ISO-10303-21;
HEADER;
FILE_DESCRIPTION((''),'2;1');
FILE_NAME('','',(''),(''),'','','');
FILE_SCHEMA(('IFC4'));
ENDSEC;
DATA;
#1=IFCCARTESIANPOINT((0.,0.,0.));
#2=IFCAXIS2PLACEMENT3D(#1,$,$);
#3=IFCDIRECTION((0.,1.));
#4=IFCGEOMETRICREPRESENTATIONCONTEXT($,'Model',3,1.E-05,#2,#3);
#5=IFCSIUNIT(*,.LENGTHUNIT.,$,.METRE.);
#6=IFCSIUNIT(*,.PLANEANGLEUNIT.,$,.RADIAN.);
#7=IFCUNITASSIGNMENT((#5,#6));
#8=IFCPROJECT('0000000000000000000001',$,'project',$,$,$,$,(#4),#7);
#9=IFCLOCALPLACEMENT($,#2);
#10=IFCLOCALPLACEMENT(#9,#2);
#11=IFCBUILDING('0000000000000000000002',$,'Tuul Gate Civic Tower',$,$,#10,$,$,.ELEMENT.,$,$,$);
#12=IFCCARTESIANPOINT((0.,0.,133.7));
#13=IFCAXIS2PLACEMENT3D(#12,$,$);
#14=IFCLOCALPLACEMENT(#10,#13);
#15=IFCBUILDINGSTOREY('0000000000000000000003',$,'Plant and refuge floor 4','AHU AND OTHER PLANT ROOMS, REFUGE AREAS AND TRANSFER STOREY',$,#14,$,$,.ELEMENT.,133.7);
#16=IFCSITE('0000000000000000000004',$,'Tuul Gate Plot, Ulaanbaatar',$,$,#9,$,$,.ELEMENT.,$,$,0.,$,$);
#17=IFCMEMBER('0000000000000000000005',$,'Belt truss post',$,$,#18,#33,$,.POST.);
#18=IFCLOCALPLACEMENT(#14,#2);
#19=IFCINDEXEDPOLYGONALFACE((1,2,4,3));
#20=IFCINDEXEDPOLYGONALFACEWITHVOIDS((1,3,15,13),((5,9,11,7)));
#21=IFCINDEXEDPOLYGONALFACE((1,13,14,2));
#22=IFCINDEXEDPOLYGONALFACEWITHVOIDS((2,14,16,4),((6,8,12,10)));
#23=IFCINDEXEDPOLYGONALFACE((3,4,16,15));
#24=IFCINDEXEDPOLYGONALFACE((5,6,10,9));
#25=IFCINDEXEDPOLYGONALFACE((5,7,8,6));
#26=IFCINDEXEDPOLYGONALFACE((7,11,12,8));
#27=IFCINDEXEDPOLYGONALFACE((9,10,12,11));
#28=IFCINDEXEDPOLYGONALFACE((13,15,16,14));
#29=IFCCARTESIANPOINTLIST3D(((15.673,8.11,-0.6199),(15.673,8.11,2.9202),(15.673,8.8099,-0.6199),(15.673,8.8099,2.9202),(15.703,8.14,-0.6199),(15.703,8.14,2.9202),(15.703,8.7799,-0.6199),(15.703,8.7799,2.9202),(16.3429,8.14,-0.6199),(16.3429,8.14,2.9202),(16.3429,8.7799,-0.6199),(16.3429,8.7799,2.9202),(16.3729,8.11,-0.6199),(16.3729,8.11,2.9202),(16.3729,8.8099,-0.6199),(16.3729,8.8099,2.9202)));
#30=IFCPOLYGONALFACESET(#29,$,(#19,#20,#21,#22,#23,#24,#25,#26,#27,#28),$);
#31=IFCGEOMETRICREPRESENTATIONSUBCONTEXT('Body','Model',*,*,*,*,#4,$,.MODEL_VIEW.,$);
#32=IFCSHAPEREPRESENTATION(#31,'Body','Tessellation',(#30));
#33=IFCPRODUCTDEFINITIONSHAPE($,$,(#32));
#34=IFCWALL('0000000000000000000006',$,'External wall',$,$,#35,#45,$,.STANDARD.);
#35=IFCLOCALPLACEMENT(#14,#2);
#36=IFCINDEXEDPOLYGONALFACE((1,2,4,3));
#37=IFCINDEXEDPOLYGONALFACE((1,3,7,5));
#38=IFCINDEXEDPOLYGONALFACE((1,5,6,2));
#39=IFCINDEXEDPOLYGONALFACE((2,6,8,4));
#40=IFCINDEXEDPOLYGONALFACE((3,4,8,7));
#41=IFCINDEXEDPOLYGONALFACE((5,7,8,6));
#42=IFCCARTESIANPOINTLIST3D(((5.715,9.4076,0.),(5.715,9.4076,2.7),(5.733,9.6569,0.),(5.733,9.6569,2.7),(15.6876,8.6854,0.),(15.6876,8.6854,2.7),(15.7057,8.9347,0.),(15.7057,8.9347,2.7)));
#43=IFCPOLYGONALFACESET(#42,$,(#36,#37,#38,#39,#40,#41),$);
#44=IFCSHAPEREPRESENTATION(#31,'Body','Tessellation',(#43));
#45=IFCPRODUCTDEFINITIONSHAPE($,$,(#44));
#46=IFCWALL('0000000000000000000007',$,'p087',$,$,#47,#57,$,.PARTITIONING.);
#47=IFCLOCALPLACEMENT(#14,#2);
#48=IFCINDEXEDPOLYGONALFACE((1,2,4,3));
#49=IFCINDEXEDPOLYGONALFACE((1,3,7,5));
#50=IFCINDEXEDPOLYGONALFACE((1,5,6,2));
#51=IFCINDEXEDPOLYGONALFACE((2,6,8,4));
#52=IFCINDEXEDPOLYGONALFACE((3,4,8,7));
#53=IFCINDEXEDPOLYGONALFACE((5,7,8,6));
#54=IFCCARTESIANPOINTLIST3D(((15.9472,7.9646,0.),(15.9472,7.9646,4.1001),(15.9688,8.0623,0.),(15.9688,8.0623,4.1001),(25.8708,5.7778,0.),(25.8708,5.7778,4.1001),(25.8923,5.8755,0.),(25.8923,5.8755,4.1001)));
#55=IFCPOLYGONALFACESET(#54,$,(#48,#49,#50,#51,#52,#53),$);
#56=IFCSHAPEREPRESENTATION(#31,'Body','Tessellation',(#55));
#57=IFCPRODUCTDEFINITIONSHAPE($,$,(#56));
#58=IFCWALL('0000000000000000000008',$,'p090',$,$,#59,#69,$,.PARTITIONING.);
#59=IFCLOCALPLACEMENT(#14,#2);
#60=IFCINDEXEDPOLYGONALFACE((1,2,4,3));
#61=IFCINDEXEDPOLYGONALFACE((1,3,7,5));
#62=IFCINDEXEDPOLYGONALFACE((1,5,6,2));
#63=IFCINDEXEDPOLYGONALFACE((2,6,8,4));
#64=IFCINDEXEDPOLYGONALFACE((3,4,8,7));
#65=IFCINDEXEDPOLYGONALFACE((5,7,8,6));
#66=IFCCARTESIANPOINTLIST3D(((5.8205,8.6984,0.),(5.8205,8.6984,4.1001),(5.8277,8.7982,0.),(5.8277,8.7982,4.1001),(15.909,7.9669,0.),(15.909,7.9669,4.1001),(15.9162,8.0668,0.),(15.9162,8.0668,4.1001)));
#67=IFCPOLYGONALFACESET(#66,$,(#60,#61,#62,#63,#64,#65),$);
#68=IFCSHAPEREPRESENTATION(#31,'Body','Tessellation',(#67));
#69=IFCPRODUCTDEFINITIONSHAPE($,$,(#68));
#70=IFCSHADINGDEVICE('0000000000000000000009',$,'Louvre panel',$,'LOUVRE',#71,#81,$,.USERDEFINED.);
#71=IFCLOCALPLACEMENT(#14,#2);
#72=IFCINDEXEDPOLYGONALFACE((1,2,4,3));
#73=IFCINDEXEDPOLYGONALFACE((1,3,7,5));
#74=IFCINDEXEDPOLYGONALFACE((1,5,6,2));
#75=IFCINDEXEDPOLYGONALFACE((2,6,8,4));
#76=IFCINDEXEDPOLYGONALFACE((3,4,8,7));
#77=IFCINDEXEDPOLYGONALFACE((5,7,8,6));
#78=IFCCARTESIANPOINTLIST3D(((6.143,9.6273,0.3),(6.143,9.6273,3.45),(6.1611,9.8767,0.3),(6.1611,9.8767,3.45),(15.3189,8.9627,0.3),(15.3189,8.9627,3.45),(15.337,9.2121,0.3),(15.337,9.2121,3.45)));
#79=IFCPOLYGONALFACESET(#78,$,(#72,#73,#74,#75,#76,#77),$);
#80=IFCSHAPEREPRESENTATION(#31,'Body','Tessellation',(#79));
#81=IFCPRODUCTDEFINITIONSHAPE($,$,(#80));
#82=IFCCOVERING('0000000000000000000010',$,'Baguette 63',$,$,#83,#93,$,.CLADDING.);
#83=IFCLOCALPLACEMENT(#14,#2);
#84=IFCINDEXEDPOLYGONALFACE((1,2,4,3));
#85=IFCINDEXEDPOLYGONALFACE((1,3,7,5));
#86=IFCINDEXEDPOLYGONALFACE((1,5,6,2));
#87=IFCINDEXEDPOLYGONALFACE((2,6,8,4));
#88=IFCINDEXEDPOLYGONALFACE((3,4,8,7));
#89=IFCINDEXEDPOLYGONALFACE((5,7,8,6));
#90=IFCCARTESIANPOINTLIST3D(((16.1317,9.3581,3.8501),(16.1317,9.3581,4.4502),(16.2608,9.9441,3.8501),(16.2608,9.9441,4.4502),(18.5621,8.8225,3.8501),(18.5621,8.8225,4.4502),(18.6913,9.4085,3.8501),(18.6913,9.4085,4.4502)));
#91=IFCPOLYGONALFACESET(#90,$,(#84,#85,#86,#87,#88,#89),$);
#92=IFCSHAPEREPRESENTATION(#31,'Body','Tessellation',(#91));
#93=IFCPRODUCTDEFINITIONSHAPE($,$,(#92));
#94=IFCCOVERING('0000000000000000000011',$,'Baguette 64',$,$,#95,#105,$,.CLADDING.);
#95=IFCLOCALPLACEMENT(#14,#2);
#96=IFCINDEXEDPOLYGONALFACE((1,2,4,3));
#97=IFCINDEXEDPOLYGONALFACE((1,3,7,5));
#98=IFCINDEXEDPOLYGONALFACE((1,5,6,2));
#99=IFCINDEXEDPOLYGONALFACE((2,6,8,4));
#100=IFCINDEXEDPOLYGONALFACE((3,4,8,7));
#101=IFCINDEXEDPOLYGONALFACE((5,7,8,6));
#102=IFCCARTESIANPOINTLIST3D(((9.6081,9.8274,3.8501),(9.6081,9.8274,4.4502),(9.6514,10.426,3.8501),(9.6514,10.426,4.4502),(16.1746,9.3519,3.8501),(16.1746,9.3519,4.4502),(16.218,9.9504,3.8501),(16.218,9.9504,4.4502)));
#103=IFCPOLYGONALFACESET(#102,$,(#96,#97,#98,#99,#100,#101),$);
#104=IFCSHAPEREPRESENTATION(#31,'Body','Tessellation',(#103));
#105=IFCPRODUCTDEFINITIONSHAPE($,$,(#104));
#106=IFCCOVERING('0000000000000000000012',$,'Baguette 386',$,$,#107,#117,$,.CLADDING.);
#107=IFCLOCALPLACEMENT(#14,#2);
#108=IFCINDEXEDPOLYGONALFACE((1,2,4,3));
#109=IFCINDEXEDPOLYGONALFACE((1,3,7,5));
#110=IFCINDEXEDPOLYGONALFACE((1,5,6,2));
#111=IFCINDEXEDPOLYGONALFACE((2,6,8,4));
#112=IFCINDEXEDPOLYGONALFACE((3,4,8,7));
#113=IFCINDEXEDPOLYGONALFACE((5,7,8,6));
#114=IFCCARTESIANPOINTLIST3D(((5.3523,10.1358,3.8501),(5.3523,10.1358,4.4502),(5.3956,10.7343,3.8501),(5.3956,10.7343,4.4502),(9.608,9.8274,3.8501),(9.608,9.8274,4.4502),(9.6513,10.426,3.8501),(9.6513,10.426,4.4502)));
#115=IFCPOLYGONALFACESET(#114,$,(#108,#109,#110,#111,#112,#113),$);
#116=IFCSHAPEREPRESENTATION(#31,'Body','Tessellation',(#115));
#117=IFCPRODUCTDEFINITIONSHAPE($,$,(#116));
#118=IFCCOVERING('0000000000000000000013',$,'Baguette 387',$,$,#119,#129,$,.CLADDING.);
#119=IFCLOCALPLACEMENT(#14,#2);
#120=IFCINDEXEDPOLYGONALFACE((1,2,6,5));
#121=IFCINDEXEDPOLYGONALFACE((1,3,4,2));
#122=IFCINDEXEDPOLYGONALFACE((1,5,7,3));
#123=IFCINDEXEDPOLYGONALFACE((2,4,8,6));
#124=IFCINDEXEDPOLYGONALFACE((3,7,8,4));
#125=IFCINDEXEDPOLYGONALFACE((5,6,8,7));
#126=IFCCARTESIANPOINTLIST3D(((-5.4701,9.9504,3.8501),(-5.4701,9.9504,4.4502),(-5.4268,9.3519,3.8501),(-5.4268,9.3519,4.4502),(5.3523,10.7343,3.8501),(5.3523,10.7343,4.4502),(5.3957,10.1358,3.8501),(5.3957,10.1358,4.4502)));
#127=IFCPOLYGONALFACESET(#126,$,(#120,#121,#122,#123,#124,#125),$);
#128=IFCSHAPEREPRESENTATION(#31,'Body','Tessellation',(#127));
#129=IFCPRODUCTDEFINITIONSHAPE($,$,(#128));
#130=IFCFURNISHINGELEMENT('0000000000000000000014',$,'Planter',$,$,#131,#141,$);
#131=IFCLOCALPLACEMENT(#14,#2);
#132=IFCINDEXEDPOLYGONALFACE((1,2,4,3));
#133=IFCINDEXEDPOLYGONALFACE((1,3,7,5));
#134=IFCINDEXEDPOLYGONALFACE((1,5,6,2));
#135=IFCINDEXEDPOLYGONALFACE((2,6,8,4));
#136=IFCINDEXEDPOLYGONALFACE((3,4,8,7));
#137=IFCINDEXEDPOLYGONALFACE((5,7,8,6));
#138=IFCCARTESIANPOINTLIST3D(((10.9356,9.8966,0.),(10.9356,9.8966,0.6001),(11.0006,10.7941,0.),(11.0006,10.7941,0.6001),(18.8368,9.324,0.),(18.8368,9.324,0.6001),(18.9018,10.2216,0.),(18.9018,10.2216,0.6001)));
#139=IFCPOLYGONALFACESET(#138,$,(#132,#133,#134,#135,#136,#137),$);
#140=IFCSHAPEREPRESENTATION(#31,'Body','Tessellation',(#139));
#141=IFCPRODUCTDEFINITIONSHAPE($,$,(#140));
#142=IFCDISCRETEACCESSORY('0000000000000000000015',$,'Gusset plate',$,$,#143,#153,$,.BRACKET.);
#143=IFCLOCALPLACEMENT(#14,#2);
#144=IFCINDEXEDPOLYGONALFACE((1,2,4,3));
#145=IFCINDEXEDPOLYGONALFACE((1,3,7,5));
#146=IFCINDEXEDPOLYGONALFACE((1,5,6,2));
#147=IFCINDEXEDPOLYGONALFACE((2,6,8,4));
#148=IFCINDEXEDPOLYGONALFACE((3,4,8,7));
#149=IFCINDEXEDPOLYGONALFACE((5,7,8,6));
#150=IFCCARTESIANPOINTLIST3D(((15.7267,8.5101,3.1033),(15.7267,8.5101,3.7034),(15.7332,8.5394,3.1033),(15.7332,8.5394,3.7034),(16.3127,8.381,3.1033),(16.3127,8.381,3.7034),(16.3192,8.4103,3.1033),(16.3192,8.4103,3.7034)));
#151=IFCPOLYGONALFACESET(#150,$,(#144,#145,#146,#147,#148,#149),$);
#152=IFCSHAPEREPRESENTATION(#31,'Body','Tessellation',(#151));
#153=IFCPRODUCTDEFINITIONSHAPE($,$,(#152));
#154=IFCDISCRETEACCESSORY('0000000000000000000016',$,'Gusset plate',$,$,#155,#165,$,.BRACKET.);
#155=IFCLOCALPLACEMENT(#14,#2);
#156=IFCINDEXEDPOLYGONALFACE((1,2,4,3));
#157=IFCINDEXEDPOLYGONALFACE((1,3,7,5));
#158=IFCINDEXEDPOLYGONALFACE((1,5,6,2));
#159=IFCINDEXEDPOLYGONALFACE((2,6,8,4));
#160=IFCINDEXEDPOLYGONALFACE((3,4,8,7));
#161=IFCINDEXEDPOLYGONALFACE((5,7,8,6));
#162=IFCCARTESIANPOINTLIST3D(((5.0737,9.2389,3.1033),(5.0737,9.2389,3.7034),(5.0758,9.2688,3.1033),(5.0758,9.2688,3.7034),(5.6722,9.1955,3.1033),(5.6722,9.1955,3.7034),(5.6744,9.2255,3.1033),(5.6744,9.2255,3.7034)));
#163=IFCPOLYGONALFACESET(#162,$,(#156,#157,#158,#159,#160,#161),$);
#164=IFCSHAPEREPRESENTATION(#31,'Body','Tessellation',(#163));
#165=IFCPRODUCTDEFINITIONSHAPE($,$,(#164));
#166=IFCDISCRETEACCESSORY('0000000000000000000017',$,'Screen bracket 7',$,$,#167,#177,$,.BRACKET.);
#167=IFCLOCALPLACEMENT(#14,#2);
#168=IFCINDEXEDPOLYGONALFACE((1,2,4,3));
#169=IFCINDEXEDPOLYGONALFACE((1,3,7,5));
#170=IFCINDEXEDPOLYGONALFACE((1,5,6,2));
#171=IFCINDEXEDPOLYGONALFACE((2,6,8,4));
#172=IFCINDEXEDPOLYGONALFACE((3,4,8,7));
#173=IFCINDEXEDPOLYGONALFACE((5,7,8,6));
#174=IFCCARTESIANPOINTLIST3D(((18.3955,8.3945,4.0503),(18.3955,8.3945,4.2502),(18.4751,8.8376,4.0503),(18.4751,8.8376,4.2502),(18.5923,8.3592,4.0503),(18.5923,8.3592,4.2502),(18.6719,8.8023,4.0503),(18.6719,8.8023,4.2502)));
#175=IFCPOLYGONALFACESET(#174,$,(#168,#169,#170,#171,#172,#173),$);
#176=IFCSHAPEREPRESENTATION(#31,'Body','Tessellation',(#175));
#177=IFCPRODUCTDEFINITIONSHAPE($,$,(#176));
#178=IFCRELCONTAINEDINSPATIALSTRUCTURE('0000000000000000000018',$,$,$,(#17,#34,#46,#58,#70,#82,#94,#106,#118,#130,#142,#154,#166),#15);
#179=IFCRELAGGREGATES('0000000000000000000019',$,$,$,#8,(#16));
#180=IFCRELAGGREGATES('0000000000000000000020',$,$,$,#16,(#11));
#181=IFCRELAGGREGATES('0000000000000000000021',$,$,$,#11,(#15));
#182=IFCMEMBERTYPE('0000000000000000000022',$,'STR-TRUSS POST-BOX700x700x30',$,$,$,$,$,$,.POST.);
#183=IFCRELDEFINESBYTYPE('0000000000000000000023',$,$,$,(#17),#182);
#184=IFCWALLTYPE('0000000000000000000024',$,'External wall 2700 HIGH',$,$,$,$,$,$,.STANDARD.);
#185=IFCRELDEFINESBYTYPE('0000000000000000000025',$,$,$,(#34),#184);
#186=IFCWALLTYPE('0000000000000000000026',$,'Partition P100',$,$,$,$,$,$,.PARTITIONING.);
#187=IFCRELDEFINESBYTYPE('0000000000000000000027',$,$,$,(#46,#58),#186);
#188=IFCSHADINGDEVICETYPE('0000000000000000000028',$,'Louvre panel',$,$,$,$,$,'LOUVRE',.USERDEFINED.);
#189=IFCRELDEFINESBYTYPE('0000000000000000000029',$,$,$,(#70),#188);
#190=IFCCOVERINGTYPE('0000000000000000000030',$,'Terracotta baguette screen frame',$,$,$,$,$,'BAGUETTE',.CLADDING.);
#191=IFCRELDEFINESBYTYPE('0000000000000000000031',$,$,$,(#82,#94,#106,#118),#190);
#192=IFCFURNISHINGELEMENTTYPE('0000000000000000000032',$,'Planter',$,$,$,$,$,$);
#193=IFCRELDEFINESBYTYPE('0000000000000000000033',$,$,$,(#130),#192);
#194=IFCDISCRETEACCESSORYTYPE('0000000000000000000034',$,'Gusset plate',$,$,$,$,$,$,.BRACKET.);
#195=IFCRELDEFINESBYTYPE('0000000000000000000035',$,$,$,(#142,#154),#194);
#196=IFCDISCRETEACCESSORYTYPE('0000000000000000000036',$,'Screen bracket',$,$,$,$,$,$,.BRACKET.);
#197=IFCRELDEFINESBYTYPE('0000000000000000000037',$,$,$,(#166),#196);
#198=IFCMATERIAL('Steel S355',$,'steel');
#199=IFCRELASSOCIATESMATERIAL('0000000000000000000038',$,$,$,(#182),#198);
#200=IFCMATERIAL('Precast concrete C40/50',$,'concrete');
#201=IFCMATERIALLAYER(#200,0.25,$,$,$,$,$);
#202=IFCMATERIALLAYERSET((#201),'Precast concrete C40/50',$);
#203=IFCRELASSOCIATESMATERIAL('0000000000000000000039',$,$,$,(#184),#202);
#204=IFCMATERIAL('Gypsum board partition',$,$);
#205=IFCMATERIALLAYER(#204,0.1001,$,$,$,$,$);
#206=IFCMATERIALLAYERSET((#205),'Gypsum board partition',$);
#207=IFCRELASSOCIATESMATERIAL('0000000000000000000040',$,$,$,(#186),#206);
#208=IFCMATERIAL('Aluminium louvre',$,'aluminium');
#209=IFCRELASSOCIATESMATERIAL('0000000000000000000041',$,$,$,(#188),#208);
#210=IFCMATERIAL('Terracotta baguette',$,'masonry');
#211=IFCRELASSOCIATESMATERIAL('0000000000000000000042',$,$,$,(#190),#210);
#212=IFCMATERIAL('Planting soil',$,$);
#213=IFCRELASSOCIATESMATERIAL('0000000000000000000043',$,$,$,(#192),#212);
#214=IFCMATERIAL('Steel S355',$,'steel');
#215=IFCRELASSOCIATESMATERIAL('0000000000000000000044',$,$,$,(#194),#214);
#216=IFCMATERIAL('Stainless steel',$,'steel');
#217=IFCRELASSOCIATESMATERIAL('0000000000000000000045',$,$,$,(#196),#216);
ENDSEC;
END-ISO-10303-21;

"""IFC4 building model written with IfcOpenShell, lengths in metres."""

from ifc_helpers import new_model, si_unit, direction, frame, frame_2d, origin, origin_2d, place, context, subcontext, project, spatial, rectangle, hollow_rectangle, extrude, material, layer, layer_set, material_profile, profile_set, type_object, element, save


model = new_model("IFC4")

# Units and contexts
model_context = context("Model", 3, precision=1e-05, world=origin(), true_north=direction((0.0, 1.0)))
body_context = subcontext(model_context, "Body", "Model", "MODEL_VIEW")
ifc_project = project(units=[si_unit("LENGTHUNIT", "METRE"), si_unit("PLANEANGLEUNIT", "RADIAN")], contexts=[model_context])

# Site, building, storey
site_placement = place(None, origin())
site = spatial("IfcSite", under=ifc_project, at=site_placement, Name="Tuul Gate Plot, Ulaanbaatar", CompositionType="ELEMENT", RefElevation=0.0)
building_placement = place(site_placement, origin())
building = spatial("IfcBuilding", under=site, at=building_placement, Name="Tuul Gate Civic Tower", CompositionType="ELEMENT")
storey_placement = place(building_placement, frame((0.0, 0.0, 133.7)))
storey = spatial("IfcBuildingStorey", under=building, at=storey_placement, Name="Plant and refuge floor 4", Description="AHU AND OTHER PLANT ROOMS, REFUGE AREAS AND TRANSFER STOREY", CompositionType="ELEMENT", Elevation=133.7)

# Member
ifc_material_1 = material(Name="Steel S355", Category="steel")
ifc_material_profile_1 = material_profile(ifc_material_1, hollow_rectangle(XDim=0.7, YDim=0.7, WallThickness=0.03, at=origin_2d()), Name="BOX700x700x30")
ifc_profile_set_1 = profile_set([ifc_material_profile_1], Name="Steel S355")
member_type_1 = type_object("IfcMemberType", Name="STR-TRUSS POST-BOX700x700x30", PredefinedType="POST", material=ifc_profile_set_1)
member_1_placement = place(storey_placement, frame((16.0229, 8.46, -0.6199), z_axis=(0.0, 0.0, 1.0), x_axis=(1.0, 0.0, 0.0)))
element("IfcMember", 1, at=member_1_placement, inside=storey, type_object=member_type_1, Name="Belt truss post", PredefinedType="POST", context=body_context, shape_type="SweptSolid", body=[
    extrude(hollow_rectangle(XDim=0.7, YDim=0.7, WallThickness=0.03, at=origin_2d()), origin(), (0.0, 0.0, 1.0), 3.54),
])

# Walls
ifc_material_2 = material(Name="Precast concrete C40/50", Category="concrete")
ifc_layer_1 = layer(ifc_material_2, 0.25)
ifc_layer_set_1 = layer_set([ifc_layer_1], Name="Precast concrete C40/50")
wall_type_1 = type_object("IfcWallType", Name="External wall 2700 HIGH", PredefinedType="STANDARD", material=ifc_layer_set_1)
wall_1_placement = place(storey_placement, frame((15.6968, 8.8101, 0.0), z_axis=(0.0, 0.0, 1.0), x_axis=(-0.997388, 0.072226, 0.0)))
element("IfcWall", 2, at=wall_1_placement, inside=storey, type_object=wall_type_1, Name="External wall", PredefinedType="STANDARD", context=body_context, shape_type="SweptSolid", body=[
    extrude(rectangle(XDim=9.9988, YDim=0.25, at=frame_2d((4.9995, 0.0))), origin(), (0.0, 0.0, 1.0), 2.7),
])
ifc_material_3 = material(Name="Gypsum board partition")
ifc_layer_2 = layer(ifc_material_3, 0.1001)
ifc_layer_set_2 = layer_set([ifc_layer_2], Name="Gypsum board partition")
wall_type_2 = type_object("IfcWallType", Name="Partition P100", PredefinedType="PARTITIONING", material=ifc_layer_set_2)
wall_2_placement = place(storey_placement, frame((15.958, 8.0134, 0.0), z_axis=(0.0, 0.0, 1.0), x_axis=(0.97657, -0.215198, 0.0)))
element("IfcWall", 3, at=wall_2_placement, inside=storey, type_object=wall_type_2, Name="p087", PredefinedType="PARTITIONING", context=body_context, shape_type="SweptSolid", body=[
    extrude(rectangle(XDim=10.1616, YDim=0.1001, at=frame_2d((5.0808, 0.0))), origin(), (0.0, 0.0, 1.0), 4.1001),
])
wall_3_placement = place(storey_placement, frame((5.824, 8.7483, 0.0), z_axis=(0.0, 0.0, 1.0), x_axis=(0.997382, -0.072312, 0.0)))
element("IfcWall", 4, at=wall_3_placement, inside=storey, type_object=wall_type_2, Name="p090", PredefinedType="PARTITIONING", context=body_context, shape_type="SweptSolid", body=[
    extrude(rectangle(XDim=10.115, YDim=0.1001, at=frame_2d((5.0576, 0.0))), origin(), (0.0, 0.0, 1.0), 4.1001),
])

# Shading device
ifc_material_4 = material(Name="Aluminium louvre", Category="aluminium")
shading_device_type = type_object("IfcShadingDeviceType", Name="Louvre panel", ElementType="LOUVRE", PredefinedType="USERDEFINED", material=ifc_material_4)
shading_device_placement = place(storey_placement, frame((10.74, 9.4197, 0.3), z_axis=(0.0, 0.0, 1.0), x_axis=(0.072239, 0.997387, 0.0)))
element("IfcShadingDevice", 5, at=shading_device_placement, inside=storey, type_object=shading_device_type, Name="Louvre panel", ObjectType="LOUVRE", PredefinedType="USERDEFINED", context=body_context, shape_type="SweptSolid", body=[
    extrude(rectangle(XDim=0.25, YDim=9.2, at=origin_2d()), origin(), (0.0, 0.0, 1.0), 3.1499),
])

# Coverings
ifc_material_5 = material(Name="Terracotta baguette", Category="masonry")
ifc_material_profile_2 = material_profile(ifc_material_5, rectangle(XDim=0.6001, YDim=0.6001, at=origin_2d()), Name="Terracotta baguette screen frame")
ifc_profile_set_2 = profile_set([ifc_material_profile_2], Name="Terracotta baguette")
covering_type = type_object("IfcCoveringType", Name="Terracotta baguette screen frame", ElementType="BAGUETTE", PredefinedType="CLADDING", material=ifc_profile_set_2)
covering_1_placement = place(storey_placement, frame((18.6267, 9.1155, 4.1501), z_axis=(-0.976564, 0.215227, 0.0), x_axis=(-0.215227, -0.976564, 0.0)))
element("IfcCovering", 6, at=covering_1_placement, inside=storey, type_object=covering_type, Name="Baguette 63", PredefinedType="CLADDING", context=body_context, shape_type="SweptSolid", body=[
    extrude(rectangle(XDim=0.6001, YDim=0.6001, at=origin_2d()), origin(), (0.0, 0.0, 1.0), 2.4888),
])
covering_2_placement = place(storey_placement, frame((16.1963, 9.6511, 4.1501), z_axis=(-0.997388, 0.072235, 0.0), x_axis=(-0.072235, -0.997388, 0.0)))
element("IfcCovering", 7, at=covering_2_placement, inside=storey, type_object=covering_type, Name="Baguette 64", PredefinedType="CLADDING", context=body_context, shape_type="SweptSolid", body=[
    extrude(rectangle(XDim=0.6001, YDim=0.6001, at=origin_2d()), origin(), (0.0, 0.0, 1.0), 6.5837),
])
covering_3_placement = place(storey_placement, frame((9.6296, 10.1267, 4.1501), z_axis=(-0.997385, 0.072268, 0.0), x_axis=(-0.072268, -0.997385, 0.0)))
element("IfcCovering", 8, at=covering_3_placement, inside=storey, type_object=covering_type, Name="Baguette 386", PredefinedType="CLADDING", context=body_context, shape_type="SweptSolid", body=[
    extrude(rectangle(XDim=0.6001, YDim=0.6001, at=origin_2d()), origin(), (0.0, 0.0, 1.0), 4.2668),
])
covering_4_placement = place(storey_placement, frame((5.374, 10.4351, 4.1501), z_axis=(-0.997387, -0.072246, 0.0), x_axis=(0.072246, -0.997387, 0.0)))
element("IfcCovering", 9, at=covering_4_placement, inside=storey, type_object=covering_type, Name="Baguette 387", PredefinedType="CLADDING", context=body_context, shape_type="SweptSolid", body=[
    extrude(rectangle(XDim=0.6001, YDim=0.6001, at=origin_2d()), origin(), (0.0, 0.0, 1.0), 10.8508),
])

# Furnishing element
ifc_material_6 = material(Name="Planting soil")
furnishing_element_type = type_object("IfcFurnishingElementType", Name="Planter", material=ifc_material_6)
furnishing_placement = place(storey_placement, frame((14.9187, 10.0591, 0.0), z_axis=(0.0, 0.0, 1.0), x_axis=(-0.997385, 0.072273, 0.0)))
element("IfcFurnishingElement", 10, at=furnishing_placement, inside=storey, type_object=furnishing_element_type, Name="Planter", context=body_context, shape_type="SweptSolid", body=[
    extrude(rectangle(XDim=7.9219, YDim=0.8999, at=origin_2d()), origin(), (0.0, 0.0, 1.0), 0.6001),
])

# Discrete accessories
ifc_material_7 = material(Name="Steel S355", Category="steel")
discrete_accessory_type_1 = type_object("IfcDiscreteAccessoryType", Name="Gusset plate", PredefinedType="BRACKET", material=ifc_material_7)
for number, where, z_axis, x_axis, name in (
    (11, (16.0229, 8.4602, 3.1033), (0.0, 0.0, 1.0), (0.976569, -0.215205, 0.0), "Gusset plate"),
    (12, (5.374, 9.2322, 3.1033), (0.0, 0.0, 1.0), (0.997383, -0.072305, 0.0), "Gusset plate"),
):
    element("IfcDiscreteAccessory", number, at=place(storey_placement, frame(where, z_axis=z_axis, x_axis=x_axis)), inside=storey, type_object=discrete_accessory_type_1, Name=name, PredefinedType="BRACKET", context=body_context, shape_type="SweptSolid", body=[
        extrude(rectangle(XDim=0.6001, YDim=0.03, at=origin_2d()), origin(), (0.0, 0.0, 1.0), 0.6001),
    ])
ifc_material_8 = material(Name="Stainless steel", Category="steel")
discrete_accessory_type_2 = type_object("IfcDiscreteAccessoryType", Name="Screen bracket", PredefinedType="BRACKET", material=ifc_material_8)
discrete_accessory_placement = place(storey_placement, frame((18.5337, 8.5984, 4.0503), z_axis=(0.0, 0.0, 1.0), x_axis=(0.176794, 0.984248, 0.0)))
element("IfcDiscreteAccessory", 13, at=discrete_accessory_placement, inside=storey, type_object=discrete_accessory_type_2, Name="Screen bracket 7", PredefinedType="BRACKET", context=body_context, shape_type="SweptSolid", body=[
    extrude(rectangle(XDim=0.4502, YDim=0.2, at=origin_2d()), origin(), (0.0, 0.0, 1.0), 0.2),
])

save(model, "model.ifc")
